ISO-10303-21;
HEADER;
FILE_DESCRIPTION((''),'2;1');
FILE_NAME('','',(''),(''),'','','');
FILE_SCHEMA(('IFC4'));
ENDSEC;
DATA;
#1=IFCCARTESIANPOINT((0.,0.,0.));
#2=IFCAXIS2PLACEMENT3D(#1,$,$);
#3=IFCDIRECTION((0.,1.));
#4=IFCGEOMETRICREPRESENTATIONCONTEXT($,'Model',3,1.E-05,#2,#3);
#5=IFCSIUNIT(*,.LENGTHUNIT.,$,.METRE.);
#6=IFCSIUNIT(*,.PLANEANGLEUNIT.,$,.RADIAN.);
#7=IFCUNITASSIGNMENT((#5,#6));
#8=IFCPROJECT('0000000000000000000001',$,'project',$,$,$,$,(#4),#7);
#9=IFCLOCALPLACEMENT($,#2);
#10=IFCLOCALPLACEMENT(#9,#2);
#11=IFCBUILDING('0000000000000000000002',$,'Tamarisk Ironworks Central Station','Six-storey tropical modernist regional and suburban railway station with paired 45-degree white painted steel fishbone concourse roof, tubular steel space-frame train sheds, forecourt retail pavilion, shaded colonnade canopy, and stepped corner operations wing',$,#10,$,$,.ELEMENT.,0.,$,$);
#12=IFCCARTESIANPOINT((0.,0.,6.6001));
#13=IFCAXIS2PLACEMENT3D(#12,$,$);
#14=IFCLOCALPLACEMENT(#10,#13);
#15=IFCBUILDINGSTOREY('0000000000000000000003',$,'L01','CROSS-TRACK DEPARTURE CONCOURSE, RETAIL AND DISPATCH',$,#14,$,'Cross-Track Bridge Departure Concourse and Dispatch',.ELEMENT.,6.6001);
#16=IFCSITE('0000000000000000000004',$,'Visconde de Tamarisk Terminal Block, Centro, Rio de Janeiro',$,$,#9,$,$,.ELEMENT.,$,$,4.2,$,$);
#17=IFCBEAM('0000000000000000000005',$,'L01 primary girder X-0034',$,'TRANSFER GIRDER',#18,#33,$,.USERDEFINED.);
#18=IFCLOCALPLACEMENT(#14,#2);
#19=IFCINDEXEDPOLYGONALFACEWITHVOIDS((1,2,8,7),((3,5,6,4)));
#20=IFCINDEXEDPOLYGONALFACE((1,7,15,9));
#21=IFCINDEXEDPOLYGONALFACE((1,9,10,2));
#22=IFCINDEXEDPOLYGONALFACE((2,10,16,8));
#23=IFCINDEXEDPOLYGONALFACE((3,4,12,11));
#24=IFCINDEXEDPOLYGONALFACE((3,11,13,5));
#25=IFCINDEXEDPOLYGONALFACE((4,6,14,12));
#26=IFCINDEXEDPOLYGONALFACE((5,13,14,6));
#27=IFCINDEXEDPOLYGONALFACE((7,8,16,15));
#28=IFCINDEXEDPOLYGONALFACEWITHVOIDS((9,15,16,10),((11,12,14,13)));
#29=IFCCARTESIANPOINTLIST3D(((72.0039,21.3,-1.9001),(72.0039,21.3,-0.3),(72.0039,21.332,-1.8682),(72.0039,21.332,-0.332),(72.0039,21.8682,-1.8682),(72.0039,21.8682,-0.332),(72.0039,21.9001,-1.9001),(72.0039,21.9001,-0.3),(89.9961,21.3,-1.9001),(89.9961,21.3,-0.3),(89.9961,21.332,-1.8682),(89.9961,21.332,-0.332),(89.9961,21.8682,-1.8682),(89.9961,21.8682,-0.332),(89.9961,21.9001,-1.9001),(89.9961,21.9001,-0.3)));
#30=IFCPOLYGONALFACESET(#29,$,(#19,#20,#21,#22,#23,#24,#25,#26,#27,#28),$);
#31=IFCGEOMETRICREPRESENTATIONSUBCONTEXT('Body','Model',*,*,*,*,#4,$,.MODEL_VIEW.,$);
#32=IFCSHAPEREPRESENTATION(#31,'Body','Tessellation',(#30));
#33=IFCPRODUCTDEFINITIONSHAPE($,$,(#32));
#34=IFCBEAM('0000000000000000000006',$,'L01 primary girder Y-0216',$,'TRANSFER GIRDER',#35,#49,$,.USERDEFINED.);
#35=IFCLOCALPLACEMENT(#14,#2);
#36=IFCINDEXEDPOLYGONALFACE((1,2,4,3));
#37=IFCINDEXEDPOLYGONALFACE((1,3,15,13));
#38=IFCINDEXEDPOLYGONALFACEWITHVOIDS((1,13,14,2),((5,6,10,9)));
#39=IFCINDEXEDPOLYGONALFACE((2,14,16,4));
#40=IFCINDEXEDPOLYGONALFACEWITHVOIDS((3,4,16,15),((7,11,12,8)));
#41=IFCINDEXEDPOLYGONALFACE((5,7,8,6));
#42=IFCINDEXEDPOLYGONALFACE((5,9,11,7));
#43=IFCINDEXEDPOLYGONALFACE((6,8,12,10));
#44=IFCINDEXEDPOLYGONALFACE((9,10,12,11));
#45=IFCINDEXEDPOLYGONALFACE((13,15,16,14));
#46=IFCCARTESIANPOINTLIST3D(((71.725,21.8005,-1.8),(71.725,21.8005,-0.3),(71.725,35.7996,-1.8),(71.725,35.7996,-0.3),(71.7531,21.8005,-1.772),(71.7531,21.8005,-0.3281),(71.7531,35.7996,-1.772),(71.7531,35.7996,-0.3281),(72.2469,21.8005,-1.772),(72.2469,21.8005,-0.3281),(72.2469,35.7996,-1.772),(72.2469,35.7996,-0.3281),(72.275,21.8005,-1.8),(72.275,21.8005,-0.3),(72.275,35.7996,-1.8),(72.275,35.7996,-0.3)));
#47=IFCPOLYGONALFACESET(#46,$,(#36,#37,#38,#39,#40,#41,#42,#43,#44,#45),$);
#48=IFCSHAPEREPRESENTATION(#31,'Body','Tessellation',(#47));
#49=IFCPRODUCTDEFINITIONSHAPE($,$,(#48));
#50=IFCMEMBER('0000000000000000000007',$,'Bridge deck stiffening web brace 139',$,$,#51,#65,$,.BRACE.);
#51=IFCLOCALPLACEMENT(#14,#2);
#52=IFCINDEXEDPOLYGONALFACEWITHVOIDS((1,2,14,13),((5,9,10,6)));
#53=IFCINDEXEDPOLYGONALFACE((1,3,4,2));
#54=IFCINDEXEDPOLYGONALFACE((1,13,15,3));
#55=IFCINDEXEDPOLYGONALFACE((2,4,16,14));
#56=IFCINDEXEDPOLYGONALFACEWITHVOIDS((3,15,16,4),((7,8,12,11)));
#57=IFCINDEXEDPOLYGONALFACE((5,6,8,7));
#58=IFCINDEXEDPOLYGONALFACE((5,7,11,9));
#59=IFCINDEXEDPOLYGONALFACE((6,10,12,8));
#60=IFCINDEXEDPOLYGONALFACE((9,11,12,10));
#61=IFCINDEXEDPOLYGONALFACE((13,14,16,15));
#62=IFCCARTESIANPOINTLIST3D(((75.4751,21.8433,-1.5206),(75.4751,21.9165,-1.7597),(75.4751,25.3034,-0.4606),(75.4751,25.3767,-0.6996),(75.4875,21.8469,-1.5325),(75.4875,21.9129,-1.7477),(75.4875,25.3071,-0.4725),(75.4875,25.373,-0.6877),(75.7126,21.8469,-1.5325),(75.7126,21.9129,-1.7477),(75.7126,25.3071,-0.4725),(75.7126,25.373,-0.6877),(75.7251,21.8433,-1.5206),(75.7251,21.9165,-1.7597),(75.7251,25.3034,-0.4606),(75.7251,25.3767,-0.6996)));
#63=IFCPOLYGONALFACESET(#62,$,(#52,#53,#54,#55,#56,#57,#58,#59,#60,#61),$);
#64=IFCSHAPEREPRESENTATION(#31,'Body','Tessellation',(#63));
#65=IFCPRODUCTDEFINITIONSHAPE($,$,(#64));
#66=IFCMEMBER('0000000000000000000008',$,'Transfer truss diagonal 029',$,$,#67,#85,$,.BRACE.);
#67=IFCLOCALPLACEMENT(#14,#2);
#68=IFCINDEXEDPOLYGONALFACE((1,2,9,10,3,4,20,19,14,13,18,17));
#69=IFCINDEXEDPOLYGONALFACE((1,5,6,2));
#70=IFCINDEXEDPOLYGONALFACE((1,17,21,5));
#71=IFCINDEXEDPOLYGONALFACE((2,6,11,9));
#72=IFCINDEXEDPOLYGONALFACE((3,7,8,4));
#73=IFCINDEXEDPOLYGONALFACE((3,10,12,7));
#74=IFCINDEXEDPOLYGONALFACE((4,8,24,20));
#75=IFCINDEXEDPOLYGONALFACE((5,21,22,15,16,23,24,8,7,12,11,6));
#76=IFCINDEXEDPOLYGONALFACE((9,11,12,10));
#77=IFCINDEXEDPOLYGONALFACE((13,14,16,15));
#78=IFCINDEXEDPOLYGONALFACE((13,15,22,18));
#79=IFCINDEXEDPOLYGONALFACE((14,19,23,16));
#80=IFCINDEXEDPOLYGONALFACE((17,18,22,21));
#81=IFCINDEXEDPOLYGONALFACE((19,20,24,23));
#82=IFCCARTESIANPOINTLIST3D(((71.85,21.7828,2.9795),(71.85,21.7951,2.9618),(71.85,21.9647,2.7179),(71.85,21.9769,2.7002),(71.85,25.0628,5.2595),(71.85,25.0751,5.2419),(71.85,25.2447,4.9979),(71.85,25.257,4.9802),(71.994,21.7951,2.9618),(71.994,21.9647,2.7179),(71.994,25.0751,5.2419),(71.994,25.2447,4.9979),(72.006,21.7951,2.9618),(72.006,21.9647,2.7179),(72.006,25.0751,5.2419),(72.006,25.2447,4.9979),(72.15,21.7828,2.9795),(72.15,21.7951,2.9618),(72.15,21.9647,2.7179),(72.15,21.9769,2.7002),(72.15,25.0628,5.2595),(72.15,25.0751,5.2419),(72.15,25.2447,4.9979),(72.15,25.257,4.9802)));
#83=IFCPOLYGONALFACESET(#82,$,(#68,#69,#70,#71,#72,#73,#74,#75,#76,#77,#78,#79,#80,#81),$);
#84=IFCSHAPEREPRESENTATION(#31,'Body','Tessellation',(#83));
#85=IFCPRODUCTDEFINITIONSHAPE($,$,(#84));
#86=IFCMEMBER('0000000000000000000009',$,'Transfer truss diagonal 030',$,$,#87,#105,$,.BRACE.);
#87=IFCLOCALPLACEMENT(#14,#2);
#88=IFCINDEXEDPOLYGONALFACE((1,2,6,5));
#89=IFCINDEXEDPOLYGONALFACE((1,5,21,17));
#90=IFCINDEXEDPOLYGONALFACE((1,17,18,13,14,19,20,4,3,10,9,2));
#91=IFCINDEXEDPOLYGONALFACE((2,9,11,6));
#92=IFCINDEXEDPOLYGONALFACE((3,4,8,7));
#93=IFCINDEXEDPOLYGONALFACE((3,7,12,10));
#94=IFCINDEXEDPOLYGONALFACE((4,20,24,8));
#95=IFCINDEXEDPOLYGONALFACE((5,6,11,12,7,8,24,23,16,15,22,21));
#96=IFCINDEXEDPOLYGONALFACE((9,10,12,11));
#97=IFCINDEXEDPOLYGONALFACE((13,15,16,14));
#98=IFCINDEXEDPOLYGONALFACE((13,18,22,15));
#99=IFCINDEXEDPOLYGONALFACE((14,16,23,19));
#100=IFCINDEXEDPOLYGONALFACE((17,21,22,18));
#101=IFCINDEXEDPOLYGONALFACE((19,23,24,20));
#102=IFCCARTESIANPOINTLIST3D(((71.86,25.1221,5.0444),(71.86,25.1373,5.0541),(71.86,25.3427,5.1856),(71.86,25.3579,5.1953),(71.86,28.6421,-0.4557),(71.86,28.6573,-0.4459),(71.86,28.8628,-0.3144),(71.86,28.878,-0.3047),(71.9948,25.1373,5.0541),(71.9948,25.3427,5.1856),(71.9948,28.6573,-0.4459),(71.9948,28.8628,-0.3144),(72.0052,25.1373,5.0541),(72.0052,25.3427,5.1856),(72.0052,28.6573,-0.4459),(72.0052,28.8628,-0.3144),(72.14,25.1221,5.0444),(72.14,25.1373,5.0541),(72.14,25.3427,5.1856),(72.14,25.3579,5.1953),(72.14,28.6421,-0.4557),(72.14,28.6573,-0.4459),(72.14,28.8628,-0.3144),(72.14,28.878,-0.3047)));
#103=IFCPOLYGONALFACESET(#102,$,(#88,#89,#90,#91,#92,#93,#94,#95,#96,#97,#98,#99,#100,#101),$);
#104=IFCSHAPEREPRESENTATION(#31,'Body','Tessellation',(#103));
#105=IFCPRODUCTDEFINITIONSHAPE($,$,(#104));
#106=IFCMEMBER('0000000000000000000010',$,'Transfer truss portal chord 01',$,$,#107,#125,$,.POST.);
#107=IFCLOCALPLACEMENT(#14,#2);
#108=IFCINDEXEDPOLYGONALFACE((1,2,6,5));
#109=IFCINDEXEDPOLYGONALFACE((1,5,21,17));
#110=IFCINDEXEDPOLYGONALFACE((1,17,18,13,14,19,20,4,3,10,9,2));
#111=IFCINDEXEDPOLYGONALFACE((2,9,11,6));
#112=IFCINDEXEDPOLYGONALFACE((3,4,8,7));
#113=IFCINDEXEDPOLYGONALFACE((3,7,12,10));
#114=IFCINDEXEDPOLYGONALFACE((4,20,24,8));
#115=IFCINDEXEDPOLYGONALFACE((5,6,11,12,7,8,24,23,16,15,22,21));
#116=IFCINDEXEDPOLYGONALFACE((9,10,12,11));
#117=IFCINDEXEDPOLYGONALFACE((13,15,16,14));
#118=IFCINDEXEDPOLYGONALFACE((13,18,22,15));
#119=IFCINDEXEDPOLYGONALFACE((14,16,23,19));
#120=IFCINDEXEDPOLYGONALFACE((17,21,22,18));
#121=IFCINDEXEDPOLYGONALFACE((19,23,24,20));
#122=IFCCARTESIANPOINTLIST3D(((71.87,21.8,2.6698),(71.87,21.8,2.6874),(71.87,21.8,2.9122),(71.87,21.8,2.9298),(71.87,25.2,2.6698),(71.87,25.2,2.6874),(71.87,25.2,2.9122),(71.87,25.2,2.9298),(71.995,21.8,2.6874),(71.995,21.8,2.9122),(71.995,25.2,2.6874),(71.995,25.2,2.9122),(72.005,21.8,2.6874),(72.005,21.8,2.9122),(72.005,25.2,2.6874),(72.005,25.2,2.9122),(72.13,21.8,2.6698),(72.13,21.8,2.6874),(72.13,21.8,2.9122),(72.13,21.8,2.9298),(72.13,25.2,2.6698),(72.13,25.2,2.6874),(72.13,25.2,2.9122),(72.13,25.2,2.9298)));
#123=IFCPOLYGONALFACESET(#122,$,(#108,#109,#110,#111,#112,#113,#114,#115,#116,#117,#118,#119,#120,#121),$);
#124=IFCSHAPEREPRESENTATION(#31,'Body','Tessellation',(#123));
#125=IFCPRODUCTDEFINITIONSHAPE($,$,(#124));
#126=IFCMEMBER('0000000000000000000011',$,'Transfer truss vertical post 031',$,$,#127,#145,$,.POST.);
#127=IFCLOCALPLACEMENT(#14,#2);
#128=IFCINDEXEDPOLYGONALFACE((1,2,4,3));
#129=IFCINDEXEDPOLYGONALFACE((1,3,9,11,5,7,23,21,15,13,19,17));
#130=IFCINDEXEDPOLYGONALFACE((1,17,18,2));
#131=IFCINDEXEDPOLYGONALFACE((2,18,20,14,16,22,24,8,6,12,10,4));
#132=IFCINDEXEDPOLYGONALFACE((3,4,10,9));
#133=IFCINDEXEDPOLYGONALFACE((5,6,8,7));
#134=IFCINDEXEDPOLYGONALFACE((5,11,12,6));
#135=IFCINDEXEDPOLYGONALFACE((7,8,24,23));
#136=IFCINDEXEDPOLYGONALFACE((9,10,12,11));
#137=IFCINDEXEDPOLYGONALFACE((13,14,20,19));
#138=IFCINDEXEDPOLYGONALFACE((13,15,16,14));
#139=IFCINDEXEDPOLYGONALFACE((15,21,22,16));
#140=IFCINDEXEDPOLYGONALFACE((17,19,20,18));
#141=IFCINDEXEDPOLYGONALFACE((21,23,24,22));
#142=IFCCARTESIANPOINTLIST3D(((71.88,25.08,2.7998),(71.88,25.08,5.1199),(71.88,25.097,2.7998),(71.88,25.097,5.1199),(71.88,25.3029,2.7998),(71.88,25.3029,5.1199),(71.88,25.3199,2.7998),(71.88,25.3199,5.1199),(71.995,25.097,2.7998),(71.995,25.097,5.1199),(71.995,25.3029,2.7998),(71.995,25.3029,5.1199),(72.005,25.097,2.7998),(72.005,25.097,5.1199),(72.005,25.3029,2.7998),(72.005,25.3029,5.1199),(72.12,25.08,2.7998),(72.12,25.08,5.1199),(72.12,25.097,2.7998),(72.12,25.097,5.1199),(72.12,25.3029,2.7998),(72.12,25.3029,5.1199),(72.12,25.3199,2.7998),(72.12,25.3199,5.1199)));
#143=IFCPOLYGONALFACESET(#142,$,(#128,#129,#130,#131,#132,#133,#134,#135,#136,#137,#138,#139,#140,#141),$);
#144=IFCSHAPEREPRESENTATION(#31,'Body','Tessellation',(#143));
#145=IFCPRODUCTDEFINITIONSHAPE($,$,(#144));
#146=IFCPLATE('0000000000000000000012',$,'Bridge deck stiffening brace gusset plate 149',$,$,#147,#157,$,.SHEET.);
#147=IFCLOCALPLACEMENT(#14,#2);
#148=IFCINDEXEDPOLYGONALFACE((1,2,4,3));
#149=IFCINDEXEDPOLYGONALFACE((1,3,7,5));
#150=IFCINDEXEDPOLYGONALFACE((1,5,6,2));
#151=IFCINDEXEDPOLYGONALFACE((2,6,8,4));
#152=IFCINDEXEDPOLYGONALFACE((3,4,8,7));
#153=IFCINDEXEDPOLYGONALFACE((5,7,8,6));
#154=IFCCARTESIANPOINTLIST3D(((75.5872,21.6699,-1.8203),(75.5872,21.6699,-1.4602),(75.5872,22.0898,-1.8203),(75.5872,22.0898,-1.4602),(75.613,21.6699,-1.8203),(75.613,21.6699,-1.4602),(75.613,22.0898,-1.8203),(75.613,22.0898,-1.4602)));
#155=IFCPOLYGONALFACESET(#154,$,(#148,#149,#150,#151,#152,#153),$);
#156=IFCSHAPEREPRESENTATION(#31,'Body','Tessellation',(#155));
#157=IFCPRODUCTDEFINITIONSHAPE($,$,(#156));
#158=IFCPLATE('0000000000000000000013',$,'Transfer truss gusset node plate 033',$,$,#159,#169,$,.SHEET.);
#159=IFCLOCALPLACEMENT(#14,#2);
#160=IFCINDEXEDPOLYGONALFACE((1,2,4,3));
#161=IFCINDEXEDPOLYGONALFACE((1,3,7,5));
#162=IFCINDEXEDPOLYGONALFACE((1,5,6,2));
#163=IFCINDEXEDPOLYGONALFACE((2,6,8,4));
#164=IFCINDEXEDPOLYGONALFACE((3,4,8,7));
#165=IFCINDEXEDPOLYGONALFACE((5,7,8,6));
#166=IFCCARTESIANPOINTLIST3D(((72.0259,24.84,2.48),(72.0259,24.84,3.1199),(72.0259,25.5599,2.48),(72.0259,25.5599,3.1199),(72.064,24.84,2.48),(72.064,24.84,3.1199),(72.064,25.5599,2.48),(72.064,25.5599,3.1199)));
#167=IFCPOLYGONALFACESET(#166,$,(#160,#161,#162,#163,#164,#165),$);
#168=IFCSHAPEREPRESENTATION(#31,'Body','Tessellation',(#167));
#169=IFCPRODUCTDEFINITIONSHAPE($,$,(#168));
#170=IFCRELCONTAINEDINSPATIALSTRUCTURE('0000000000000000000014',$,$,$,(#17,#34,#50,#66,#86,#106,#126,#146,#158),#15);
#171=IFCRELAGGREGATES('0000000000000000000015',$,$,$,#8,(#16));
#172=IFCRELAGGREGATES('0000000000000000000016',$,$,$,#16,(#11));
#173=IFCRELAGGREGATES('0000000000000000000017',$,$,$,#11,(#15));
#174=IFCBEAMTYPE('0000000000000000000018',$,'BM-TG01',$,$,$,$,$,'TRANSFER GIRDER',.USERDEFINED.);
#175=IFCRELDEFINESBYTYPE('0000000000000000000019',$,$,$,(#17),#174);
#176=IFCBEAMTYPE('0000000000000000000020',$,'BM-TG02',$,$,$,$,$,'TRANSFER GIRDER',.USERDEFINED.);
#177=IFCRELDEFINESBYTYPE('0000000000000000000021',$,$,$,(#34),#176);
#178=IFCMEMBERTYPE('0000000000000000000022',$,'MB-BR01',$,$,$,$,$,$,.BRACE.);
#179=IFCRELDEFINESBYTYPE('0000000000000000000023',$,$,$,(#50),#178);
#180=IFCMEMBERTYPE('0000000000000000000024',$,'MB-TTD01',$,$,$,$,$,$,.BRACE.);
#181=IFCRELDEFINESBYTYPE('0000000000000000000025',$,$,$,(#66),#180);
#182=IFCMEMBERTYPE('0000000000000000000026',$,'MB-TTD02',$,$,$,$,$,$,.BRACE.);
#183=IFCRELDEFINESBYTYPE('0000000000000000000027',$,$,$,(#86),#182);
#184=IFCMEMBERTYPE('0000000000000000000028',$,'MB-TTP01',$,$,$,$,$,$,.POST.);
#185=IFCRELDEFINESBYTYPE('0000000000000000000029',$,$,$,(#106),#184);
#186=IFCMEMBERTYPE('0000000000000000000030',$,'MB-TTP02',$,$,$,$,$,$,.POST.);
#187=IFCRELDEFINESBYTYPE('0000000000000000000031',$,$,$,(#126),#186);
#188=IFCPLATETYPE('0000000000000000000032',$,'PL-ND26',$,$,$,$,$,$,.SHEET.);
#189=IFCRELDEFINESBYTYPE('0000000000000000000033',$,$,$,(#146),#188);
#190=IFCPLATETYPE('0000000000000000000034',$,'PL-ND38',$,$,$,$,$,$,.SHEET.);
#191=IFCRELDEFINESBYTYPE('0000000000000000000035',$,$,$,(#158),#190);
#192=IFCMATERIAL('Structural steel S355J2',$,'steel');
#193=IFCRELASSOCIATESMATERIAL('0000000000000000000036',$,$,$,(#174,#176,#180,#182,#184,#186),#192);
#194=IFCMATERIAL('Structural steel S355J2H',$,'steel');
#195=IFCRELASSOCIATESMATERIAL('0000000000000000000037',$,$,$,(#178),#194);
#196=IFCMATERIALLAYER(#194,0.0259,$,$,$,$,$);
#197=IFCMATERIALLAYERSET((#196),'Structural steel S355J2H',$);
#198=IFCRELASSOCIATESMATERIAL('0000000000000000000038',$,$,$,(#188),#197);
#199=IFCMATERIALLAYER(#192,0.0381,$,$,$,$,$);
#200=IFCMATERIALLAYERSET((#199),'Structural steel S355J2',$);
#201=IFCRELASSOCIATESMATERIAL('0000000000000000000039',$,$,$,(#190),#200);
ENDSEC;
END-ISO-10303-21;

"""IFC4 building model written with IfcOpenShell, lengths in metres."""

from ifc_helpers import new_model, si_unit, direction, frame, origin, origin_2d, place, context, subcontext, project, spatial, rectangle, hollow_rectangle, i_section, extrude, material, layer, layer_set, material_profile, profile_set, type_object, element, save


model = new_model("IFC4")

# Units and contexts
model_context = context("Model", 3, precision=1e-05, world=origin(), true_north=direction((0.0, 1.0)))
body_context = subcontext(model_context, "Body", "Model", "MODEL_VIEW")
ifc_project = project(units=[si_unit("LENGTHUNIT", "METRE"), si_unit("PLANEANGLEUNIT", "RADIAN")], contexts=[model_context])

# Site, building, storey
site_placement = place(None, origin())
site = spatial("IfcSite", under=ifc_project, at=site_placement, Name="Visconde de Tamarisk Terminal Block, Centro, Rio de Janeiro", CompositionType="ELEMENT", RefElevation=4.2)
building_placement = place(site_placement, origin())
building = spatial("IfcBuilding", under=site, at=building_placement, Name="Tamarisk Ironworks Central Station", Description="Six-storey tropical modernist regional and suburban railway station with paired 45-degree white painted steel fishbone concourse roof, tubular steel space-frame train sheds, forecourt retail pavilion, shaded colonnade canopy, and stepped corner operations wing", CompositionType="ELEMENT", ElevationOfRefHeight=0.0)
storey_placement = place(building_placement, frame((0.0, 0.0, 6.6001)))
storey = spatial("IfcBuildingStorey", under=building, at=storey_placement, Name="L01", Description="CROSS-TRACK DEPARTURE CONCOURSE, RETAIL AND DISPATCH", LongName="Cross-Track Bridge Departure Concourse and Dispatch", CompositionType="ELEMENT", Elevation=6.6001)

# Shared definitions
ifc_material_1 = material(Name="Structural steel S355J2", Category="steel")

# Beams
ifc_material_profile_1 = material_profile(ifc_material_1, hollow_rectangle(XDim=0.6001, YDim=1.6001, WallThickness=0.032, at=origin_2d()), Name="BOX 600x1600x32")
ifc_profile_set_1 = profile_set([ifc_material_profile_1], Name="Structural steel S355J2")
beam_type_1 = type_object("IfcBeamType", Name="BM-TG01", ElementType="TRANSFER GIRDER", PredefinedType="USERDEFINED", material=ifc_profile_set_1)
beam_1_placement = place(storey_placement, frame((72.0039, 21.6001, -1.1001), z_axis=(1.0, 0.0, 0.0), x_axis=(0.0, 1.0, 0.0)))
element("IfcBeam", 1, at=beam_1_placement, inside=storey, type_object=beam_type_1, Name="L01 primary girder X-0034", ObjectType="TRANSFER GIRDER", PredefinedType="USERDEFINED", context=body_context, shape_type="SweptSolid", body=[
    extrude(hollow_rectangle(XDim=0.6001, YDim=1.6001, WallThickness=0.032, at=origin_2d()), origin(), (0.0, 0.0, 1.0), 17.9922),
])
ifc_material_profile_2 = material_profile(ifc_material_1, hollow_rectangle(XDim=0.55, YDim=1.5, WallThickness=0.0281, at=origin_2d()), Name="BOX 550x1500x28")
ifc_profile_set_2 = profile_set([ifc_material_profile_2], Name="Structural steel S355J2")
beam_type_2 = type_object("IfcBeamType", Name="BM-TG02", ElementType="TRANSFER GIRDER", PredefinedType="USERDEFINED", material=ifc_profile_set_2)
beam_2_placement = place(storey_placement, frame((72.0, 21.8005, -1.05), z_axis=(0.0, 1.0, 0.0), x_axis=(-1.0, 0.0, 0.0)))
element("IfcBeam", 2, at=beam_2_placement, inside=storey, type_object=beam_type_2, Name="L01 primary girder Y-0216", ObjectType="TRANSFER GIRDER", PredefinedType="USERDEFINED", context=body_context, shape_type="SweptSolid", body=[
    extrude(hollow_rectangle(XDim=0.55, YDim=1.5, WallThickness=0.0281, at=origin_2d()), origin(), (0.0, 0.0, 1.0), 13.999),
])

# Members
ifc_material_2 = material(Name="Structural steel S355J2H", Category="steel")
ifc_material_profile_3 = material_profile(ifc_material_2, hollow_rectangle(XDim=0.25, YDim=0.25, WallThickness=0.0125, at=origin_2d()), Name="SHS 250x250x12.5")
ifc_profile_set_3 = profile_set([ifc_material_profile_3], Name="Structural steel S355J2H")
member_type_1 = type_object("IfcMemberType", Name="MB-BR01", PredefinedType="BRACE", material=ifc_profile_set_3)
member_1_placement = place(storey_placement, frame((75.6001, 21.8799, -1.6401), z_axis=(0.0, 0.956137, 0.292919), x_axis=(-1.0, 0.0, 0.0)))
element("IfcMember", 3, at=member_1_placement, inside=storey, type_object=member_type_1, Name="Bridge deck stiffening web brace 139", PredefinedType="BRACE", context=body_context, shape_type="SweptSolid", body=[
    extrude(hollow_rectangle(XDim=0.25, YDim=0.25, WallThickness=0.0125, at=origin_2d()), origin(), (0.0, 0.0, 1.0), 3.6189),
])
ifc_material_profile_4 = material_profile(ifc_material_1, i_section(OverallWidth=0.3, OverallDepth=0.3401, WebThickness=0.012, FlangeThickness=0.0215, at=origin_2d()), Name="HEB 340")
ifc_profile_set_4 = profile_set([ifc_material_profile_4], Name="Structural steel S355J2")
member_type_2 = type_object("IfcMemberType", Name="MB-TTD01", PredefinedType="BRACE", material=ifc_profile_set_4)
member_2_placement = place(storey_placement, frame((72.0, 21.8799, 2.8398), z_axis=(0.0, 0.821108, 0.570773), x_axis=(-1.0, 0.0, 0.0)))
element("IfcMember", 4, at=member_2_placement, inside=storey, type_object=member_type_2, Name="Transfer truss diagonal 029", PredefinedType="BRACE", context=body_context, shape_type="SweptSolid", body=[
    extrude(i_section(OverallWidth=0.3, OverallDepth=0.3401, WebThickness=0.012, FlangeThickness=0.0215, at=origin_2d()), origin(), (0.0, 0.0, 1.0), 3.9946),
])
ifc_material_profile_5 = material_profile(ifc_material_1, i_section(OverallWidth=0.28, OverallDepth=0.28, WebThickness=0.0105, FlangeThickness=0.0181, at=origin_2d()), Name="HEB 280")
ifc_profile_set_5 = profile_set([ifc_material_profile_5], Name="Structural steel S355J2")
member_type_3 = type_object("IfcMemberType", Name="MB-TTD02", PredefinedType="BRACE", material=ifc_profile_set_5)
member_3_placement = place(storey_placement, frame((72.0, 25.24, 5.1199), z_axis=(0.0, 0.539056, -0.84227), x_axis=(-1.0, 0.0, 0.0)))
element("IfcMember", 5, at=member_3_placement, inside=storey, type_object=member_type_3, Name="Transfer truss diagonal 030", PredefinedType="BRACE", context=body_context, shape_type="SweptSolid", body=[
    extrude(i_section(OverallWidth=0.28, OverallDepth=0.28, WebThickness=0.0105, FlangeThickness=0.0181, at=origin_2d()), origin(), (0.0, 0.0, 1.0), 6.53),
])
ifc_material_profile_6 = material_profile(ifc_material_1, i_section(OverallWidth=0.26, OverallDepth=0.26, WebThickness=0.01, FlangeThickness=0.0176, at=origin_2d()), Name="HEB 260")
ifc_profile_set_6 = profile_set([ifc_material_profile_6], Name="Structural steel S355J2")
member_type_4 = type_object("IfcMemberType", Name="MB-TTP01", PredefinedType="POST", material=ifc_profile_set_6)
member_4_placement = place(storey_placement, frame((72.0, 21.8, 2.7998), z_axis=(0.0, 1.0, 0.0), x_axis=(-1.0, 0.0, 0.0)))
element("IfcMember", 6, at=member_4_placement, inside=storey, type_object=member_type_4, Name="Transfer truss portal chord 01", PredefinedType="POST", context=body_context, shape_type="SweptSolid", body=[
    extrude(i_section(OverallWidth=0.26, OverallDepth=0.26, WebThickness=0.01, FlangeThickness=0.0176, at=origin_2d()), origin(), (0.0, 0.0, 1.0), 3.3999),
])
ifc_material_profile_7 = material_profile(ifc_material_1, i_section(OverallWidth=0.24, OverallDepth=0.24, WebThickness=0.01, FlangeThickness=0.0171, at=origin_2d()), Name="HEB 240")
ifc_profile_set_7 = profile_set([ifc_material_profile_7], Name="Structural steel S355J2")
member_type_5 = type_object("IfcMemberType", Name="MB-TTP02", PredefinedType="POST", material=ifc_profile_set_7)
member_5_placement = place(storey_placement, frame((72.0, 25.2, 2.7998), z_axis=(0.0, 0.0, 1.0), x_axis=(1.0, 0.0, 0.0)))
element("IfcMember", 7, at=member_5_placement, inside=storey, type_object=member_type_5, Name="Transfer truss vertical post 031", PredefinedType="POST", context=body_context, shape_type="SweptSolid", body=[
    extrude(i_section(OverallWidth=0.24, OverallDepth=0.24, WebThickness=0.01, FlangeThickness=0.0171, at=origin_2d()), origin(), (0.0, 0.0, 1.0), 2.3201),
])

# Plates
ifc_layer_1 = layer(ifc_material_2, 0.0259)
ifc_layer_set_1 = layer_set([ifc_layer_1], Name="Structural steel S355J2H")
plate_type_1 = type_object("IfcPlateType", Name="PL-ND26", PredefinedType="SHEET", material=ifc_layer_set_1)
plate_1_placement = place(storey_placement, frame((75.6001, 21.8799, -1.8203), z_axis=(0.0, 0.0, 1.0), x_axis=(1.0, 0.0, 0.0)))
element("IfcPlate", 8, at=plate_1_placement, inside=storey, type_object=plate_type_1, Name="Bridge deck stiffening brace gusset plate 149", PredefinedType="SHEET", context=body_context, shape_type="SweptSolid", body=[
    extrude(rectangle(XDim=0.0259, YDim=0.4199, at=origin_2d()), origin(), (0.0, 0.0, 1.0), 0.3601),
])
ifc_layer_2 = layer(ifc_material_1, 0.0381)
ifc_layer_set_2 = layer_set([ifc_layer_2], Name="Structural steel S355J2")
plate_type_2 = type_object("IfcPlateType", Name="PL-ND38", PredefinedType="SHEET", material=ifc_layer_set_2)
for number, where, z_axis, x_axis, name in (
    (9, (72.0449, 25.2, 2.48), (0.0, 0.0, 1.0), (1.0, 0.0, 0.0), "Transfer truss gusset node plate 033"),
):
    element("IfcPlate", number, at=place(storey_placement, frame(where, z_axis=z_axis, x_axis=x_axis)), inside=storey, type_object=plate_type_2, Name=name, PredefinedType="SHEET", context=body_context, shape_type="SweptSolid", body=[
        extrude(rectangle(XDim=0.0381, YDim=0.72, at=origin_2d()), origin(), (0.0, 0.0, 1.0), 0.6399),
    ])

save(model, "model.ifc")
